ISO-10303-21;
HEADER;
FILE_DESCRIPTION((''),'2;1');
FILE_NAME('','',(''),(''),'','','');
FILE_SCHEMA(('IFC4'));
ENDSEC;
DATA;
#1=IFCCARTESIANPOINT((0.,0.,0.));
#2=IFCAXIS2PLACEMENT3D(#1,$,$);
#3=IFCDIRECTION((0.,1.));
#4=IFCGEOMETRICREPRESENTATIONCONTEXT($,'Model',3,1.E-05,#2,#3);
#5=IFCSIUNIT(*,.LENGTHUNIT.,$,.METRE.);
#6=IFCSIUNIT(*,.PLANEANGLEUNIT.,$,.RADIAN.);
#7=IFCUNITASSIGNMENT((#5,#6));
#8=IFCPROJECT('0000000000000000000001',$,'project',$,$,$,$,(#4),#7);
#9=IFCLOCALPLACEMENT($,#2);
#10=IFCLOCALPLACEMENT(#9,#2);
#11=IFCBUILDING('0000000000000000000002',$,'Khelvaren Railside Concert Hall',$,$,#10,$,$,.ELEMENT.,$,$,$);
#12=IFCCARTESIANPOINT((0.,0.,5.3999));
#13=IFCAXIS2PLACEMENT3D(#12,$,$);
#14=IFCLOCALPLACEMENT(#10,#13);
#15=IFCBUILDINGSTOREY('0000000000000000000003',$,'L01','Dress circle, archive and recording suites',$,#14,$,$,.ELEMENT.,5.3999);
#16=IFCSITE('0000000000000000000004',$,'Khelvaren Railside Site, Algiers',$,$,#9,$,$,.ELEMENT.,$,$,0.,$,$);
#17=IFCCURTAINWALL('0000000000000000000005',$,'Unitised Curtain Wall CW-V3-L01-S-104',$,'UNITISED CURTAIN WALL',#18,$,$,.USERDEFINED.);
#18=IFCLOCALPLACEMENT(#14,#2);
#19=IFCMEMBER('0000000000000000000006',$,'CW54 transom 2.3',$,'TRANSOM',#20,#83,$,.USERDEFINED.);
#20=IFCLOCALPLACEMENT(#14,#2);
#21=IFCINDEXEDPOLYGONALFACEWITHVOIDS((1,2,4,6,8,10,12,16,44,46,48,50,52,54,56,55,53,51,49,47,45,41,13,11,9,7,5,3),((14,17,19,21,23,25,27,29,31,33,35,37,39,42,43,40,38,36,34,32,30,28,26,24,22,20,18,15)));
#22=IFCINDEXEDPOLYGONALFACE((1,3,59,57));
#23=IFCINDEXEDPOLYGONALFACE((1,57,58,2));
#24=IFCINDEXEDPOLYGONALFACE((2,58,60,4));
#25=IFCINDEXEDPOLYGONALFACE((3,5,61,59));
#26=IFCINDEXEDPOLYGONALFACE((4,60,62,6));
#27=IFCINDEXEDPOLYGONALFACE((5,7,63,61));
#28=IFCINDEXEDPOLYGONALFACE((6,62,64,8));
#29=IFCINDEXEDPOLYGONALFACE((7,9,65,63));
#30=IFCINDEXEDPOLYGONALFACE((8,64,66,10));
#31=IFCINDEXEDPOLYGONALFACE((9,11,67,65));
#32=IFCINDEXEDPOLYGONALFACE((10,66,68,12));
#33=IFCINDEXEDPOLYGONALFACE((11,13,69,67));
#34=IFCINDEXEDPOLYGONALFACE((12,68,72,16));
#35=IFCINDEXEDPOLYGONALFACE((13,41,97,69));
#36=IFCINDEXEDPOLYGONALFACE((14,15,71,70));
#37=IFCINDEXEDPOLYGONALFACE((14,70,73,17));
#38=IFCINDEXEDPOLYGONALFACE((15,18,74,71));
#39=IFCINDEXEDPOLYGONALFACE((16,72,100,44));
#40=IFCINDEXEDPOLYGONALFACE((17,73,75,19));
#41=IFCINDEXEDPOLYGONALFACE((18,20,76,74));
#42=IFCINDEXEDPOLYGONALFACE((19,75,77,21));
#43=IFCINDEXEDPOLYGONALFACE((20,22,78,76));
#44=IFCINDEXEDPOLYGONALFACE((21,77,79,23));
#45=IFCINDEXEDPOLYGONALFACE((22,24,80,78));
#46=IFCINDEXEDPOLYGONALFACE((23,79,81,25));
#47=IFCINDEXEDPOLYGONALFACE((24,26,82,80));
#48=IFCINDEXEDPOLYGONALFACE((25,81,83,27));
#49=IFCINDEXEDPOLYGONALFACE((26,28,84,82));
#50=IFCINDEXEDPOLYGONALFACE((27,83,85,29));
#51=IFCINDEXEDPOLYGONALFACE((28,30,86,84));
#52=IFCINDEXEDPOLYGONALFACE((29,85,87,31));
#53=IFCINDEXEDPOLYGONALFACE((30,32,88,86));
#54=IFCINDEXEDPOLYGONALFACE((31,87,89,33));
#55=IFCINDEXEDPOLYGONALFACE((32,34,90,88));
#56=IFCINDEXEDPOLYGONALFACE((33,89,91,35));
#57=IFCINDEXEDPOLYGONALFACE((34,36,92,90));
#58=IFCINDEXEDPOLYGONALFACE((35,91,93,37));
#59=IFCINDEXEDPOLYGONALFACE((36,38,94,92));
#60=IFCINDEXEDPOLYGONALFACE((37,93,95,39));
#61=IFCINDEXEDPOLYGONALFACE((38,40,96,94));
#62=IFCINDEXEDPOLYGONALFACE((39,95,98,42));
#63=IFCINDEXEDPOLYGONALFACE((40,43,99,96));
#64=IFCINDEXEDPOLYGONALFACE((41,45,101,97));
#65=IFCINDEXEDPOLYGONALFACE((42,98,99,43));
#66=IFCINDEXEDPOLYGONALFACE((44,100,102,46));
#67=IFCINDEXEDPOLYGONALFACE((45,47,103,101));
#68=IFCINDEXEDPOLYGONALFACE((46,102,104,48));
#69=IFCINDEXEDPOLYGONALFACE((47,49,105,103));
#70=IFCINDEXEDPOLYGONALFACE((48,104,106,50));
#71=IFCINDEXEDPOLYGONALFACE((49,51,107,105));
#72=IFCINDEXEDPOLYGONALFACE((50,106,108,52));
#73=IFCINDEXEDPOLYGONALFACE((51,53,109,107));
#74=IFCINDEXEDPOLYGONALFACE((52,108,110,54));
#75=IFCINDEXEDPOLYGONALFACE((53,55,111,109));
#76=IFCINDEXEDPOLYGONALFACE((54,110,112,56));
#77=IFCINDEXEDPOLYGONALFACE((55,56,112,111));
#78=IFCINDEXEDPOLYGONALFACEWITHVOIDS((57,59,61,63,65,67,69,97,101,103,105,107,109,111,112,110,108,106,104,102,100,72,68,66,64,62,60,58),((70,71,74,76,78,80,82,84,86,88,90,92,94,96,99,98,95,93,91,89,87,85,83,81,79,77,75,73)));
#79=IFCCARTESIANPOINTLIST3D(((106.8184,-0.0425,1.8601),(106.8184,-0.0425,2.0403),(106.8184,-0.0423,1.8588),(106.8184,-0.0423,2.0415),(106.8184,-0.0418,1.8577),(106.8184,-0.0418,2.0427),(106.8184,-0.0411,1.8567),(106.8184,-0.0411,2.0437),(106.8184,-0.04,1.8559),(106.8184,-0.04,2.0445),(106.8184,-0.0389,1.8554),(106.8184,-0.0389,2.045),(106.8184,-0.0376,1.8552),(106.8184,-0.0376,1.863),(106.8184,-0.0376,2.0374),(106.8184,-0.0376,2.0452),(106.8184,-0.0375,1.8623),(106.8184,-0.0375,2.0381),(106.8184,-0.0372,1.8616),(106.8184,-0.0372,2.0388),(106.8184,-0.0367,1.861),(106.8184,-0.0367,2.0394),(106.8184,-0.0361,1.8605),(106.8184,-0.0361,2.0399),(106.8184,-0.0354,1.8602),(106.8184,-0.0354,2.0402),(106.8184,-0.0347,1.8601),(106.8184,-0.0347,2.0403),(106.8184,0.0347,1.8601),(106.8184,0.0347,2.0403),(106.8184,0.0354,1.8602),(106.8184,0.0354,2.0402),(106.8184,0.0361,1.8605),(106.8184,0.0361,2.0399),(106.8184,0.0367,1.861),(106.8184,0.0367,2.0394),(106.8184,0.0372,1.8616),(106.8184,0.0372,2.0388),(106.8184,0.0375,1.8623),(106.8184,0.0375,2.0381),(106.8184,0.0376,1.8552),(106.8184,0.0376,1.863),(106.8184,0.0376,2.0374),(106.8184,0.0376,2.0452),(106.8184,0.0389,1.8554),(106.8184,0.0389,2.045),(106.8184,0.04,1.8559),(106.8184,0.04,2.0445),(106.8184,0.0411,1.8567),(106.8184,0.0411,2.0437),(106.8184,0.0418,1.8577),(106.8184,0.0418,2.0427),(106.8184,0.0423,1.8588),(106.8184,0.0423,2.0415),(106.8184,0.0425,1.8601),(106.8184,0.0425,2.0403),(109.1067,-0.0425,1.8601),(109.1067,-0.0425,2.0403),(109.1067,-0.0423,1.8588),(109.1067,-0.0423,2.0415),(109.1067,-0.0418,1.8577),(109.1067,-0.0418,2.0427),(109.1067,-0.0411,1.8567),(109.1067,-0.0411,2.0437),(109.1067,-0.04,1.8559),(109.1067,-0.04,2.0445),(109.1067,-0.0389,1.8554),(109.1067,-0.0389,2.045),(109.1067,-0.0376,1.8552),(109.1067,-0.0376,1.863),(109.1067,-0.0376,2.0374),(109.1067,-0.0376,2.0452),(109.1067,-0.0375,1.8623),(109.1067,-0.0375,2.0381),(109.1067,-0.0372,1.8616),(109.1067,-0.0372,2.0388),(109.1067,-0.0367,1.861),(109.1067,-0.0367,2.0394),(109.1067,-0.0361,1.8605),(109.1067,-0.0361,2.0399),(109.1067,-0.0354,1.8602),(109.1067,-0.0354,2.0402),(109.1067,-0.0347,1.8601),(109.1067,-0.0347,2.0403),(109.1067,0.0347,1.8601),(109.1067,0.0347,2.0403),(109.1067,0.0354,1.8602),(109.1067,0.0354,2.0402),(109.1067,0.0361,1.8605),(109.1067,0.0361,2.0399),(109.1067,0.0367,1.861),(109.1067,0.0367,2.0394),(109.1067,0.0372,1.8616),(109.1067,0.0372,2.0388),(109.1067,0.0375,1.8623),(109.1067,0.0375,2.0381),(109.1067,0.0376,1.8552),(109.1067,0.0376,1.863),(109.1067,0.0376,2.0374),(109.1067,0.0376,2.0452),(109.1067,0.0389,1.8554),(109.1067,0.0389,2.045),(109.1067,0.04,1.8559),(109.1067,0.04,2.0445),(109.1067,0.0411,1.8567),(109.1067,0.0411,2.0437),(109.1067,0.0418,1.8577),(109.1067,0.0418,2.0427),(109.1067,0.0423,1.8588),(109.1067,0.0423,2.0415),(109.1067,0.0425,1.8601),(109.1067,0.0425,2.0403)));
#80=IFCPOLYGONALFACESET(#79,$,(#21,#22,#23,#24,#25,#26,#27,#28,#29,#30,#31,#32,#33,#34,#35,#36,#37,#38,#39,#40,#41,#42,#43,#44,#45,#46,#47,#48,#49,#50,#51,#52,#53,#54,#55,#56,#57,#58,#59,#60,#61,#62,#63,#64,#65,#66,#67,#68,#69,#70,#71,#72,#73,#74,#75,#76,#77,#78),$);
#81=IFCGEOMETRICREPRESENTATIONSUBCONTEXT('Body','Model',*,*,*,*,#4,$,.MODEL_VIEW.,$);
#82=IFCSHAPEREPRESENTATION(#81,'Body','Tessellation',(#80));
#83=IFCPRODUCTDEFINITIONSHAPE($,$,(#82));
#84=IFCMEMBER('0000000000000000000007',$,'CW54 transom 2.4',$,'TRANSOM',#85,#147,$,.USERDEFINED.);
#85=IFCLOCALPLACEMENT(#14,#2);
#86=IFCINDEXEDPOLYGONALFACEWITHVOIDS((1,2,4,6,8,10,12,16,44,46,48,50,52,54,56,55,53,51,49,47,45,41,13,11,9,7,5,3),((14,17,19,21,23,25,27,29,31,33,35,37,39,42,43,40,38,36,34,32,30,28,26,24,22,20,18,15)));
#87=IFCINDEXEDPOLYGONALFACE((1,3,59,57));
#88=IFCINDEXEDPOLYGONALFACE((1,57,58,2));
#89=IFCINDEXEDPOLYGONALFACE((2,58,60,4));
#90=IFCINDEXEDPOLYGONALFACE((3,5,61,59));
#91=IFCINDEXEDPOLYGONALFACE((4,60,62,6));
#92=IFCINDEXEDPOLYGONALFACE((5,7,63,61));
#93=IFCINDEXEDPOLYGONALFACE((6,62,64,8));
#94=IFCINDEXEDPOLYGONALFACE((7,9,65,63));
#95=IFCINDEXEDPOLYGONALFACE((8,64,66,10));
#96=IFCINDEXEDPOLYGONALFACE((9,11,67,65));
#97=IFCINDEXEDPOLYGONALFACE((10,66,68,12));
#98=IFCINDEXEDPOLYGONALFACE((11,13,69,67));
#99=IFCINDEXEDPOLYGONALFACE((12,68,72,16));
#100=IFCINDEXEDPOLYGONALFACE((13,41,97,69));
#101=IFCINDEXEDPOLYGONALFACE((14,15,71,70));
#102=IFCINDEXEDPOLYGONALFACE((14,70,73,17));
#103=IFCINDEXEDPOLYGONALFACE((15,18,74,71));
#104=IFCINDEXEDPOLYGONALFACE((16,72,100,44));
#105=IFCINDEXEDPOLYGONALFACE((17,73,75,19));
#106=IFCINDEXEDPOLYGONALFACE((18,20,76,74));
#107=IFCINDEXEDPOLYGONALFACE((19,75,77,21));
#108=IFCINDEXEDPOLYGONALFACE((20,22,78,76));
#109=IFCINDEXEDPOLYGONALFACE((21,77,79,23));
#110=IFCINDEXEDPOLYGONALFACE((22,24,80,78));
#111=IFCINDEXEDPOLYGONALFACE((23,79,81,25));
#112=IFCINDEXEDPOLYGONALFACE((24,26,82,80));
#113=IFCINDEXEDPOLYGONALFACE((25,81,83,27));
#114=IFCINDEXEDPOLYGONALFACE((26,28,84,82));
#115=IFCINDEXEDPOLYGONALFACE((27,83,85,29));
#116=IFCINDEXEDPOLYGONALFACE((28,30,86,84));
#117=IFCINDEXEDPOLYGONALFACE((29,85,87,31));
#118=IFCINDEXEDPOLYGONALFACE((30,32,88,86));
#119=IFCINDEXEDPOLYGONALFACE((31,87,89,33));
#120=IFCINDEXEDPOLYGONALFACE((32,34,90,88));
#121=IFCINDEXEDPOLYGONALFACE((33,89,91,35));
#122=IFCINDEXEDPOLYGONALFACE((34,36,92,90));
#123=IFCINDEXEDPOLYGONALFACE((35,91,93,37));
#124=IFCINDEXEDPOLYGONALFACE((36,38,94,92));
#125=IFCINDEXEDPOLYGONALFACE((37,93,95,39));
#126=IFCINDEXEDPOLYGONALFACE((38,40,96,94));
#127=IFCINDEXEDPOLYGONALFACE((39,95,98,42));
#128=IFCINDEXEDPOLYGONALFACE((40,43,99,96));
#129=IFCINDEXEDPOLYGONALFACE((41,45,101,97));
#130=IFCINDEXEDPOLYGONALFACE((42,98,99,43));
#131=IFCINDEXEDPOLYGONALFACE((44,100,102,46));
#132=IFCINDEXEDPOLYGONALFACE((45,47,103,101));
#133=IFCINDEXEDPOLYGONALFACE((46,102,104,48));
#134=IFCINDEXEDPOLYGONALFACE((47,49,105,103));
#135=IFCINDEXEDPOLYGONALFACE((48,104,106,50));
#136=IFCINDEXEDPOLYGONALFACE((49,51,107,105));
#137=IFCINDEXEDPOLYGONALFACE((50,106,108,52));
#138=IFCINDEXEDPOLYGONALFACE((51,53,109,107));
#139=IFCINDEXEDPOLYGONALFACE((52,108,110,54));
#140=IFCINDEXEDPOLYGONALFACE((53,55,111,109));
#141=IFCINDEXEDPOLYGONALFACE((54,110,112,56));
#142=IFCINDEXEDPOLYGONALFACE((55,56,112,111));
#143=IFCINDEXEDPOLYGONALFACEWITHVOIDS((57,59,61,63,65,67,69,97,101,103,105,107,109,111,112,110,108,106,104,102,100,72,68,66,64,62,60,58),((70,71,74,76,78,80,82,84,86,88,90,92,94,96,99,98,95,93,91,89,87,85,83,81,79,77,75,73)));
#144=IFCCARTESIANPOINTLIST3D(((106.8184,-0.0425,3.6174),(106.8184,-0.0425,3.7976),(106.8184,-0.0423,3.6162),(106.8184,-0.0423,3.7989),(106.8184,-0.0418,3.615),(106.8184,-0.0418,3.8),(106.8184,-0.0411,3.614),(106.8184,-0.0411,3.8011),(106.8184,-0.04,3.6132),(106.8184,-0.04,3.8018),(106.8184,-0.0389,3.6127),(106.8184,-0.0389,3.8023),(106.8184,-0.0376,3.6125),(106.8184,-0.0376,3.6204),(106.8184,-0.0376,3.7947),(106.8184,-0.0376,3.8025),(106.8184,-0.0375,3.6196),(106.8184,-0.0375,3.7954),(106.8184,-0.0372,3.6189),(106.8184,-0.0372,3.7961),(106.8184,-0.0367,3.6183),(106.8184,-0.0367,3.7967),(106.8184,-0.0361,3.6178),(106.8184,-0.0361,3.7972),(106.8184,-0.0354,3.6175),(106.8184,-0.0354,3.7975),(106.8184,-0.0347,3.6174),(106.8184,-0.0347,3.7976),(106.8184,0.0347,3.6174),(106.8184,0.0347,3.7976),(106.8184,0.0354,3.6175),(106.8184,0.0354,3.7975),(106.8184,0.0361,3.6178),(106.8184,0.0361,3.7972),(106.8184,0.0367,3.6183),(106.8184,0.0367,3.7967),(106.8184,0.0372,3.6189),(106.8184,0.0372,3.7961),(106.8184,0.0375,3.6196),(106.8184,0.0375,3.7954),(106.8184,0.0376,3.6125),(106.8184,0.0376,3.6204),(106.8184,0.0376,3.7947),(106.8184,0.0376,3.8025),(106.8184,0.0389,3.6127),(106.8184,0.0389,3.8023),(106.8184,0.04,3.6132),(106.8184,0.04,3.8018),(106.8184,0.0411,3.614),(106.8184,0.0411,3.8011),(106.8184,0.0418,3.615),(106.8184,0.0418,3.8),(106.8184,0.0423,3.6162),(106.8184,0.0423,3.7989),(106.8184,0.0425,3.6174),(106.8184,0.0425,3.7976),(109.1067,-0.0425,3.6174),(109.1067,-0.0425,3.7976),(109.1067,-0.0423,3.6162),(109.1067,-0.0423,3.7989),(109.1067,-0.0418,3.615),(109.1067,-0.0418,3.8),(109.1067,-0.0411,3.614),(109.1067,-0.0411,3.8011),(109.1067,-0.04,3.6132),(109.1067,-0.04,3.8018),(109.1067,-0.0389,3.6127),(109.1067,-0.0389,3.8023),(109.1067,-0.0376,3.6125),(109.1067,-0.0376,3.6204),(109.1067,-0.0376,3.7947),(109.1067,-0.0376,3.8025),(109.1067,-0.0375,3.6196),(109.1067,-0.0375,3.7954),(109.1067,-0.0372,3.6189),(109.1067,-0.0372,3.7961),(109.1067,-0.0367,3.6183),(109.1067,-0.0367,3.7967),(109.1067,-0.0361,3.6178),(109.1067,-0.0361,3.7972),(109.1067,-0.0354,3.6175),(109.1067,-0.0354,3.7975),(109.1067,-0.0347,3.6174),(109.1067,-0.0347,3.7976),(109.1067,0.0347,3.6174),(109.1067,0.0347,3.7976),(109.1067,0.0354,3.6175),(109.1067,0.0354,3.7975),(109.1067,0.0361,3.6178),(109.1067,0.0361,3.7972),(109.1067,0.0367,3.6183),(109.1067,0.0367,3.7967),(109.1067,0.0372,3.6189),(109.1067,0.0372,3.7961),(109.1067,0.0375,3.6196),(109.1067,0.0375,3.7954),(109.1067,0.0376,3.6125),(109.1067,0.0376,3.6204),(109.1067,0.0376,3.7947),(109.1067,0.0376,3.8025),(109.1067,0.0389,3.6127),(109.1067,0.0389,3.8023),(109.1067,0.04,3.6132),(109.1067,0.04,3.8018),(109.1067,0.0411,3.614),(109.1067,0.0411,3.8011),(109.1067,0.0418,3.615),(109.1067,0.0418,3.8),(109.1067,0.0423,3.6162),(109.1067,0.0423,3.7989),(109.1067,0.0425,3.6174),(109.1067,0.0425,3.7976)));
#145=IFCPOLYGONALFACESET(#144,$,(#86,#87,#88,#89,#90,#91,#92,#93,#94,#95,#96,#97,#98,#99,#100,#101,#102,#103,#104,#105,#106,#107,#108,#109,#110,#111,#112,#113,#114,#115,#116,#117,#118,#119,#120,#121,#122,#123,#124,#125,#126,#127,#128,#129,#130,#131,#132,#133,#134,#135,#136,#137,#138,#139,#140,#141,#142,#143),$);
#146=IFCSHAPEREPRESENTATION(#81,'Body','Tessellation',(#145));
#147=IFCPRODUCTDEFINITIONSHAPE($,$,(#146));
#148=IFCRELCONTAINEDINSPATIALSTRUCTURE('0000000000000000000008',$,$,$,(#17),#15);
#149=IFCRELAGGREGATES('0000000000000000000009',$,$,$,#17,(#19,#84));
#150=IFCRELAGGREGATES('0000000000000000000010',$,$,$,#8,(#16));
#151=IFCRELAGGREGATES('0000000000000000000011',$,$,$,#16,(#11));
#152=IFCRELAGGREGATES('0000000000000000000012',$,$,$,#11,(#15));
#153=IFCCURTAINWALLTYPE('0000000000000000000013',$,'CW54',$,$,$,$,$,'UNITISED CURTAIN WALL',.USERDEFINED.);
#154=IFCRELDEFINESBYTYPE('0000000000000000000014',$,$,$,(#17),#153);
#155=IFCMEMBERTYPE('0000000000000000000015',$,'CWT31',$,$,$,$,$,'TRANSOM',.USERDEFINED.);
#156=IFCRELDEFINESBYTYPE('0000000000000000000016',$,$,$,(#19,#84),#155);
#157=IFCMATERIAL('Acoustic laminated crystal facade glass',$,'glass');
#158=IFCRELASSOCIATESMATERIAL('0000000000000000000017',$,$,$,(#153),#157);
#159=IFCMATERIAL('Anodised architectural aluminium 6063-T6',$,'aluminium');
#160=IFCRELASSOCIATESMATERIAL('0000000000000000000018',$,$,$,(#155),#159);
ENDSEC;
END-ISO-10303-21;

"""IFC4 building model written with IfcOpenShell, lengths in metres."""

from ifc_helpers import new_model, si_unit, direction, frame, origin, origin_2d, place, context, subcontext, project, spatial, hollow_rectangle, extrude, material, material_profile, profile_set, type_object, element, aggregate, save


model = new_model("IFC4")

# Units and contexts
model_context = context("Model", 3, precision=1e-05, world=origin(), true_north=direction((0.0, 1.0)))
body_context = subcontext(model_context, "Body", "Model", "MODEL_VIEW")
ifc_project = project(units=[si_unit("LENGTHUNIT", "METRE"), si_unit("PLANEANGLEUNIT", "RADIAN")], contexts=[model_context])

# Site, building, storey
site_placement = place(None, origin())
site = spatial("IfcSite", under=ifc_project, at=site_placement, Name="Khelvaren Railside Site, Algiers", CompositionType="ELEMENT", RefElevation=0.0)
building_placement = place(site_placement, origin())
building = spatial("IfcBuilding", under=site, at=building_placement, Name="Khelvaren Railside Concert Hall", CompositionType="ELEMENT")
storey_placement = place(building_placement, frame((0.0, 0.0, 5.3999)))
storey = spatial("IfcBuildingStorey", under=building, at=storey_placement, Name="L01", Description="Dress circle, archive and recording suites", CompositionType="ELEMENT", Elevation=5.3999)

# Curtain wall, members
ifc_material_1 = material(Name="Acoustic laminated crystal facade glass", Category="glass")
curtain_wall_type = type_object("IfcCurtainWallType", Name="CW54", ElementType="UNITISED CURTAIN WALL", PredefinedType="USERDEFINED", material=ifc_material_1)
curtain_wall_placement = place(storey_placement, origin())
curtain_wall = element("IfcCurtainWall", 1, at=curtain_wall_placement, inside=storey, type_object=curtain_wall_type, Name="Unitised Curtain Wall CW-V3-L01-S-104", ObjectType="UNITISED CURTAIN WALL", PredefinedType="USERDEFINED")
ifc_material_2 = material(Name="Anodised architectural aluminium 6063-T6", Category="aluminium")
ifc_material_profile_1 = material_profile(ifc_material_2, hollow_rectangle(XDim=0.085, YDim=0.1899, WallThickness=0.0049, InnerFilletRadius=0.0029, OuterFilletRadius=0.0049, at=origin_2d()), Name="CWT 85x190x5")
ifc_profile_set_1 = profile_set([ifc_material_profile_1], Name="Anodised architectural aluminium 6063-T6")
member_type_1 = type_object("IfcMemberType", Name="CWT31", ElementType="TRANSOM", PredefinedType="USERDEFINED", material=ifc_profile_set_1)
member_1_placement = place(storey_placement, frame((109.1067, 0.0, 1.9502), z_axis=(-1.0, 0.0, 0.0), x_axis=(0.0, -1.0, 0.0)))
member_1 = element("IfcMember", 2, at=member_1_placement, type_object=member_type_1, Name="CW54 transom 2.3", ObjectType="TRANSOM", PredefinedType="USERDEFINED", context=body_context, shape_type="SweptSolid", body=[
    extrude(hollow_rectangle(XDim=0.085, YDim=0.1899, WallThickness=0.0049, InnerFilletRadius=0.0029, OuterFilletRadius=0.0049, at=origin_2d()), origin(), (0.0, 0.0, 1.0), 2.2883),
])
member_2_placement = place(storey_placement, frame((109.1067, 0.0, 3.7075), z_axis=(-1.0, 0.0, 0.0), x_axis=(0.0, -1.0, 0.0)))
member_2 = element("IfcMember", 3, at=member_2_placement, type_object=member_type_1, Name="CW54 transom 2.4", ObjectType="TRANSOM", PredefinedType="USERDEFINED", context=body_context, shape_type="SweptSolid", body=[
    extrude(hollow_rectangle(XDim=0.085, YDim=0.1899, WallThickness=0.0049, InnerFilletRadius=0.0029, OuterFilletRadius=0.0049, at=origin_2d()), origin(), (0.0, 0.0, 1.0), 2.2883),
])

aggregate(curtain_wall, [member_1, member_2])

save(model, "model.ifc")
